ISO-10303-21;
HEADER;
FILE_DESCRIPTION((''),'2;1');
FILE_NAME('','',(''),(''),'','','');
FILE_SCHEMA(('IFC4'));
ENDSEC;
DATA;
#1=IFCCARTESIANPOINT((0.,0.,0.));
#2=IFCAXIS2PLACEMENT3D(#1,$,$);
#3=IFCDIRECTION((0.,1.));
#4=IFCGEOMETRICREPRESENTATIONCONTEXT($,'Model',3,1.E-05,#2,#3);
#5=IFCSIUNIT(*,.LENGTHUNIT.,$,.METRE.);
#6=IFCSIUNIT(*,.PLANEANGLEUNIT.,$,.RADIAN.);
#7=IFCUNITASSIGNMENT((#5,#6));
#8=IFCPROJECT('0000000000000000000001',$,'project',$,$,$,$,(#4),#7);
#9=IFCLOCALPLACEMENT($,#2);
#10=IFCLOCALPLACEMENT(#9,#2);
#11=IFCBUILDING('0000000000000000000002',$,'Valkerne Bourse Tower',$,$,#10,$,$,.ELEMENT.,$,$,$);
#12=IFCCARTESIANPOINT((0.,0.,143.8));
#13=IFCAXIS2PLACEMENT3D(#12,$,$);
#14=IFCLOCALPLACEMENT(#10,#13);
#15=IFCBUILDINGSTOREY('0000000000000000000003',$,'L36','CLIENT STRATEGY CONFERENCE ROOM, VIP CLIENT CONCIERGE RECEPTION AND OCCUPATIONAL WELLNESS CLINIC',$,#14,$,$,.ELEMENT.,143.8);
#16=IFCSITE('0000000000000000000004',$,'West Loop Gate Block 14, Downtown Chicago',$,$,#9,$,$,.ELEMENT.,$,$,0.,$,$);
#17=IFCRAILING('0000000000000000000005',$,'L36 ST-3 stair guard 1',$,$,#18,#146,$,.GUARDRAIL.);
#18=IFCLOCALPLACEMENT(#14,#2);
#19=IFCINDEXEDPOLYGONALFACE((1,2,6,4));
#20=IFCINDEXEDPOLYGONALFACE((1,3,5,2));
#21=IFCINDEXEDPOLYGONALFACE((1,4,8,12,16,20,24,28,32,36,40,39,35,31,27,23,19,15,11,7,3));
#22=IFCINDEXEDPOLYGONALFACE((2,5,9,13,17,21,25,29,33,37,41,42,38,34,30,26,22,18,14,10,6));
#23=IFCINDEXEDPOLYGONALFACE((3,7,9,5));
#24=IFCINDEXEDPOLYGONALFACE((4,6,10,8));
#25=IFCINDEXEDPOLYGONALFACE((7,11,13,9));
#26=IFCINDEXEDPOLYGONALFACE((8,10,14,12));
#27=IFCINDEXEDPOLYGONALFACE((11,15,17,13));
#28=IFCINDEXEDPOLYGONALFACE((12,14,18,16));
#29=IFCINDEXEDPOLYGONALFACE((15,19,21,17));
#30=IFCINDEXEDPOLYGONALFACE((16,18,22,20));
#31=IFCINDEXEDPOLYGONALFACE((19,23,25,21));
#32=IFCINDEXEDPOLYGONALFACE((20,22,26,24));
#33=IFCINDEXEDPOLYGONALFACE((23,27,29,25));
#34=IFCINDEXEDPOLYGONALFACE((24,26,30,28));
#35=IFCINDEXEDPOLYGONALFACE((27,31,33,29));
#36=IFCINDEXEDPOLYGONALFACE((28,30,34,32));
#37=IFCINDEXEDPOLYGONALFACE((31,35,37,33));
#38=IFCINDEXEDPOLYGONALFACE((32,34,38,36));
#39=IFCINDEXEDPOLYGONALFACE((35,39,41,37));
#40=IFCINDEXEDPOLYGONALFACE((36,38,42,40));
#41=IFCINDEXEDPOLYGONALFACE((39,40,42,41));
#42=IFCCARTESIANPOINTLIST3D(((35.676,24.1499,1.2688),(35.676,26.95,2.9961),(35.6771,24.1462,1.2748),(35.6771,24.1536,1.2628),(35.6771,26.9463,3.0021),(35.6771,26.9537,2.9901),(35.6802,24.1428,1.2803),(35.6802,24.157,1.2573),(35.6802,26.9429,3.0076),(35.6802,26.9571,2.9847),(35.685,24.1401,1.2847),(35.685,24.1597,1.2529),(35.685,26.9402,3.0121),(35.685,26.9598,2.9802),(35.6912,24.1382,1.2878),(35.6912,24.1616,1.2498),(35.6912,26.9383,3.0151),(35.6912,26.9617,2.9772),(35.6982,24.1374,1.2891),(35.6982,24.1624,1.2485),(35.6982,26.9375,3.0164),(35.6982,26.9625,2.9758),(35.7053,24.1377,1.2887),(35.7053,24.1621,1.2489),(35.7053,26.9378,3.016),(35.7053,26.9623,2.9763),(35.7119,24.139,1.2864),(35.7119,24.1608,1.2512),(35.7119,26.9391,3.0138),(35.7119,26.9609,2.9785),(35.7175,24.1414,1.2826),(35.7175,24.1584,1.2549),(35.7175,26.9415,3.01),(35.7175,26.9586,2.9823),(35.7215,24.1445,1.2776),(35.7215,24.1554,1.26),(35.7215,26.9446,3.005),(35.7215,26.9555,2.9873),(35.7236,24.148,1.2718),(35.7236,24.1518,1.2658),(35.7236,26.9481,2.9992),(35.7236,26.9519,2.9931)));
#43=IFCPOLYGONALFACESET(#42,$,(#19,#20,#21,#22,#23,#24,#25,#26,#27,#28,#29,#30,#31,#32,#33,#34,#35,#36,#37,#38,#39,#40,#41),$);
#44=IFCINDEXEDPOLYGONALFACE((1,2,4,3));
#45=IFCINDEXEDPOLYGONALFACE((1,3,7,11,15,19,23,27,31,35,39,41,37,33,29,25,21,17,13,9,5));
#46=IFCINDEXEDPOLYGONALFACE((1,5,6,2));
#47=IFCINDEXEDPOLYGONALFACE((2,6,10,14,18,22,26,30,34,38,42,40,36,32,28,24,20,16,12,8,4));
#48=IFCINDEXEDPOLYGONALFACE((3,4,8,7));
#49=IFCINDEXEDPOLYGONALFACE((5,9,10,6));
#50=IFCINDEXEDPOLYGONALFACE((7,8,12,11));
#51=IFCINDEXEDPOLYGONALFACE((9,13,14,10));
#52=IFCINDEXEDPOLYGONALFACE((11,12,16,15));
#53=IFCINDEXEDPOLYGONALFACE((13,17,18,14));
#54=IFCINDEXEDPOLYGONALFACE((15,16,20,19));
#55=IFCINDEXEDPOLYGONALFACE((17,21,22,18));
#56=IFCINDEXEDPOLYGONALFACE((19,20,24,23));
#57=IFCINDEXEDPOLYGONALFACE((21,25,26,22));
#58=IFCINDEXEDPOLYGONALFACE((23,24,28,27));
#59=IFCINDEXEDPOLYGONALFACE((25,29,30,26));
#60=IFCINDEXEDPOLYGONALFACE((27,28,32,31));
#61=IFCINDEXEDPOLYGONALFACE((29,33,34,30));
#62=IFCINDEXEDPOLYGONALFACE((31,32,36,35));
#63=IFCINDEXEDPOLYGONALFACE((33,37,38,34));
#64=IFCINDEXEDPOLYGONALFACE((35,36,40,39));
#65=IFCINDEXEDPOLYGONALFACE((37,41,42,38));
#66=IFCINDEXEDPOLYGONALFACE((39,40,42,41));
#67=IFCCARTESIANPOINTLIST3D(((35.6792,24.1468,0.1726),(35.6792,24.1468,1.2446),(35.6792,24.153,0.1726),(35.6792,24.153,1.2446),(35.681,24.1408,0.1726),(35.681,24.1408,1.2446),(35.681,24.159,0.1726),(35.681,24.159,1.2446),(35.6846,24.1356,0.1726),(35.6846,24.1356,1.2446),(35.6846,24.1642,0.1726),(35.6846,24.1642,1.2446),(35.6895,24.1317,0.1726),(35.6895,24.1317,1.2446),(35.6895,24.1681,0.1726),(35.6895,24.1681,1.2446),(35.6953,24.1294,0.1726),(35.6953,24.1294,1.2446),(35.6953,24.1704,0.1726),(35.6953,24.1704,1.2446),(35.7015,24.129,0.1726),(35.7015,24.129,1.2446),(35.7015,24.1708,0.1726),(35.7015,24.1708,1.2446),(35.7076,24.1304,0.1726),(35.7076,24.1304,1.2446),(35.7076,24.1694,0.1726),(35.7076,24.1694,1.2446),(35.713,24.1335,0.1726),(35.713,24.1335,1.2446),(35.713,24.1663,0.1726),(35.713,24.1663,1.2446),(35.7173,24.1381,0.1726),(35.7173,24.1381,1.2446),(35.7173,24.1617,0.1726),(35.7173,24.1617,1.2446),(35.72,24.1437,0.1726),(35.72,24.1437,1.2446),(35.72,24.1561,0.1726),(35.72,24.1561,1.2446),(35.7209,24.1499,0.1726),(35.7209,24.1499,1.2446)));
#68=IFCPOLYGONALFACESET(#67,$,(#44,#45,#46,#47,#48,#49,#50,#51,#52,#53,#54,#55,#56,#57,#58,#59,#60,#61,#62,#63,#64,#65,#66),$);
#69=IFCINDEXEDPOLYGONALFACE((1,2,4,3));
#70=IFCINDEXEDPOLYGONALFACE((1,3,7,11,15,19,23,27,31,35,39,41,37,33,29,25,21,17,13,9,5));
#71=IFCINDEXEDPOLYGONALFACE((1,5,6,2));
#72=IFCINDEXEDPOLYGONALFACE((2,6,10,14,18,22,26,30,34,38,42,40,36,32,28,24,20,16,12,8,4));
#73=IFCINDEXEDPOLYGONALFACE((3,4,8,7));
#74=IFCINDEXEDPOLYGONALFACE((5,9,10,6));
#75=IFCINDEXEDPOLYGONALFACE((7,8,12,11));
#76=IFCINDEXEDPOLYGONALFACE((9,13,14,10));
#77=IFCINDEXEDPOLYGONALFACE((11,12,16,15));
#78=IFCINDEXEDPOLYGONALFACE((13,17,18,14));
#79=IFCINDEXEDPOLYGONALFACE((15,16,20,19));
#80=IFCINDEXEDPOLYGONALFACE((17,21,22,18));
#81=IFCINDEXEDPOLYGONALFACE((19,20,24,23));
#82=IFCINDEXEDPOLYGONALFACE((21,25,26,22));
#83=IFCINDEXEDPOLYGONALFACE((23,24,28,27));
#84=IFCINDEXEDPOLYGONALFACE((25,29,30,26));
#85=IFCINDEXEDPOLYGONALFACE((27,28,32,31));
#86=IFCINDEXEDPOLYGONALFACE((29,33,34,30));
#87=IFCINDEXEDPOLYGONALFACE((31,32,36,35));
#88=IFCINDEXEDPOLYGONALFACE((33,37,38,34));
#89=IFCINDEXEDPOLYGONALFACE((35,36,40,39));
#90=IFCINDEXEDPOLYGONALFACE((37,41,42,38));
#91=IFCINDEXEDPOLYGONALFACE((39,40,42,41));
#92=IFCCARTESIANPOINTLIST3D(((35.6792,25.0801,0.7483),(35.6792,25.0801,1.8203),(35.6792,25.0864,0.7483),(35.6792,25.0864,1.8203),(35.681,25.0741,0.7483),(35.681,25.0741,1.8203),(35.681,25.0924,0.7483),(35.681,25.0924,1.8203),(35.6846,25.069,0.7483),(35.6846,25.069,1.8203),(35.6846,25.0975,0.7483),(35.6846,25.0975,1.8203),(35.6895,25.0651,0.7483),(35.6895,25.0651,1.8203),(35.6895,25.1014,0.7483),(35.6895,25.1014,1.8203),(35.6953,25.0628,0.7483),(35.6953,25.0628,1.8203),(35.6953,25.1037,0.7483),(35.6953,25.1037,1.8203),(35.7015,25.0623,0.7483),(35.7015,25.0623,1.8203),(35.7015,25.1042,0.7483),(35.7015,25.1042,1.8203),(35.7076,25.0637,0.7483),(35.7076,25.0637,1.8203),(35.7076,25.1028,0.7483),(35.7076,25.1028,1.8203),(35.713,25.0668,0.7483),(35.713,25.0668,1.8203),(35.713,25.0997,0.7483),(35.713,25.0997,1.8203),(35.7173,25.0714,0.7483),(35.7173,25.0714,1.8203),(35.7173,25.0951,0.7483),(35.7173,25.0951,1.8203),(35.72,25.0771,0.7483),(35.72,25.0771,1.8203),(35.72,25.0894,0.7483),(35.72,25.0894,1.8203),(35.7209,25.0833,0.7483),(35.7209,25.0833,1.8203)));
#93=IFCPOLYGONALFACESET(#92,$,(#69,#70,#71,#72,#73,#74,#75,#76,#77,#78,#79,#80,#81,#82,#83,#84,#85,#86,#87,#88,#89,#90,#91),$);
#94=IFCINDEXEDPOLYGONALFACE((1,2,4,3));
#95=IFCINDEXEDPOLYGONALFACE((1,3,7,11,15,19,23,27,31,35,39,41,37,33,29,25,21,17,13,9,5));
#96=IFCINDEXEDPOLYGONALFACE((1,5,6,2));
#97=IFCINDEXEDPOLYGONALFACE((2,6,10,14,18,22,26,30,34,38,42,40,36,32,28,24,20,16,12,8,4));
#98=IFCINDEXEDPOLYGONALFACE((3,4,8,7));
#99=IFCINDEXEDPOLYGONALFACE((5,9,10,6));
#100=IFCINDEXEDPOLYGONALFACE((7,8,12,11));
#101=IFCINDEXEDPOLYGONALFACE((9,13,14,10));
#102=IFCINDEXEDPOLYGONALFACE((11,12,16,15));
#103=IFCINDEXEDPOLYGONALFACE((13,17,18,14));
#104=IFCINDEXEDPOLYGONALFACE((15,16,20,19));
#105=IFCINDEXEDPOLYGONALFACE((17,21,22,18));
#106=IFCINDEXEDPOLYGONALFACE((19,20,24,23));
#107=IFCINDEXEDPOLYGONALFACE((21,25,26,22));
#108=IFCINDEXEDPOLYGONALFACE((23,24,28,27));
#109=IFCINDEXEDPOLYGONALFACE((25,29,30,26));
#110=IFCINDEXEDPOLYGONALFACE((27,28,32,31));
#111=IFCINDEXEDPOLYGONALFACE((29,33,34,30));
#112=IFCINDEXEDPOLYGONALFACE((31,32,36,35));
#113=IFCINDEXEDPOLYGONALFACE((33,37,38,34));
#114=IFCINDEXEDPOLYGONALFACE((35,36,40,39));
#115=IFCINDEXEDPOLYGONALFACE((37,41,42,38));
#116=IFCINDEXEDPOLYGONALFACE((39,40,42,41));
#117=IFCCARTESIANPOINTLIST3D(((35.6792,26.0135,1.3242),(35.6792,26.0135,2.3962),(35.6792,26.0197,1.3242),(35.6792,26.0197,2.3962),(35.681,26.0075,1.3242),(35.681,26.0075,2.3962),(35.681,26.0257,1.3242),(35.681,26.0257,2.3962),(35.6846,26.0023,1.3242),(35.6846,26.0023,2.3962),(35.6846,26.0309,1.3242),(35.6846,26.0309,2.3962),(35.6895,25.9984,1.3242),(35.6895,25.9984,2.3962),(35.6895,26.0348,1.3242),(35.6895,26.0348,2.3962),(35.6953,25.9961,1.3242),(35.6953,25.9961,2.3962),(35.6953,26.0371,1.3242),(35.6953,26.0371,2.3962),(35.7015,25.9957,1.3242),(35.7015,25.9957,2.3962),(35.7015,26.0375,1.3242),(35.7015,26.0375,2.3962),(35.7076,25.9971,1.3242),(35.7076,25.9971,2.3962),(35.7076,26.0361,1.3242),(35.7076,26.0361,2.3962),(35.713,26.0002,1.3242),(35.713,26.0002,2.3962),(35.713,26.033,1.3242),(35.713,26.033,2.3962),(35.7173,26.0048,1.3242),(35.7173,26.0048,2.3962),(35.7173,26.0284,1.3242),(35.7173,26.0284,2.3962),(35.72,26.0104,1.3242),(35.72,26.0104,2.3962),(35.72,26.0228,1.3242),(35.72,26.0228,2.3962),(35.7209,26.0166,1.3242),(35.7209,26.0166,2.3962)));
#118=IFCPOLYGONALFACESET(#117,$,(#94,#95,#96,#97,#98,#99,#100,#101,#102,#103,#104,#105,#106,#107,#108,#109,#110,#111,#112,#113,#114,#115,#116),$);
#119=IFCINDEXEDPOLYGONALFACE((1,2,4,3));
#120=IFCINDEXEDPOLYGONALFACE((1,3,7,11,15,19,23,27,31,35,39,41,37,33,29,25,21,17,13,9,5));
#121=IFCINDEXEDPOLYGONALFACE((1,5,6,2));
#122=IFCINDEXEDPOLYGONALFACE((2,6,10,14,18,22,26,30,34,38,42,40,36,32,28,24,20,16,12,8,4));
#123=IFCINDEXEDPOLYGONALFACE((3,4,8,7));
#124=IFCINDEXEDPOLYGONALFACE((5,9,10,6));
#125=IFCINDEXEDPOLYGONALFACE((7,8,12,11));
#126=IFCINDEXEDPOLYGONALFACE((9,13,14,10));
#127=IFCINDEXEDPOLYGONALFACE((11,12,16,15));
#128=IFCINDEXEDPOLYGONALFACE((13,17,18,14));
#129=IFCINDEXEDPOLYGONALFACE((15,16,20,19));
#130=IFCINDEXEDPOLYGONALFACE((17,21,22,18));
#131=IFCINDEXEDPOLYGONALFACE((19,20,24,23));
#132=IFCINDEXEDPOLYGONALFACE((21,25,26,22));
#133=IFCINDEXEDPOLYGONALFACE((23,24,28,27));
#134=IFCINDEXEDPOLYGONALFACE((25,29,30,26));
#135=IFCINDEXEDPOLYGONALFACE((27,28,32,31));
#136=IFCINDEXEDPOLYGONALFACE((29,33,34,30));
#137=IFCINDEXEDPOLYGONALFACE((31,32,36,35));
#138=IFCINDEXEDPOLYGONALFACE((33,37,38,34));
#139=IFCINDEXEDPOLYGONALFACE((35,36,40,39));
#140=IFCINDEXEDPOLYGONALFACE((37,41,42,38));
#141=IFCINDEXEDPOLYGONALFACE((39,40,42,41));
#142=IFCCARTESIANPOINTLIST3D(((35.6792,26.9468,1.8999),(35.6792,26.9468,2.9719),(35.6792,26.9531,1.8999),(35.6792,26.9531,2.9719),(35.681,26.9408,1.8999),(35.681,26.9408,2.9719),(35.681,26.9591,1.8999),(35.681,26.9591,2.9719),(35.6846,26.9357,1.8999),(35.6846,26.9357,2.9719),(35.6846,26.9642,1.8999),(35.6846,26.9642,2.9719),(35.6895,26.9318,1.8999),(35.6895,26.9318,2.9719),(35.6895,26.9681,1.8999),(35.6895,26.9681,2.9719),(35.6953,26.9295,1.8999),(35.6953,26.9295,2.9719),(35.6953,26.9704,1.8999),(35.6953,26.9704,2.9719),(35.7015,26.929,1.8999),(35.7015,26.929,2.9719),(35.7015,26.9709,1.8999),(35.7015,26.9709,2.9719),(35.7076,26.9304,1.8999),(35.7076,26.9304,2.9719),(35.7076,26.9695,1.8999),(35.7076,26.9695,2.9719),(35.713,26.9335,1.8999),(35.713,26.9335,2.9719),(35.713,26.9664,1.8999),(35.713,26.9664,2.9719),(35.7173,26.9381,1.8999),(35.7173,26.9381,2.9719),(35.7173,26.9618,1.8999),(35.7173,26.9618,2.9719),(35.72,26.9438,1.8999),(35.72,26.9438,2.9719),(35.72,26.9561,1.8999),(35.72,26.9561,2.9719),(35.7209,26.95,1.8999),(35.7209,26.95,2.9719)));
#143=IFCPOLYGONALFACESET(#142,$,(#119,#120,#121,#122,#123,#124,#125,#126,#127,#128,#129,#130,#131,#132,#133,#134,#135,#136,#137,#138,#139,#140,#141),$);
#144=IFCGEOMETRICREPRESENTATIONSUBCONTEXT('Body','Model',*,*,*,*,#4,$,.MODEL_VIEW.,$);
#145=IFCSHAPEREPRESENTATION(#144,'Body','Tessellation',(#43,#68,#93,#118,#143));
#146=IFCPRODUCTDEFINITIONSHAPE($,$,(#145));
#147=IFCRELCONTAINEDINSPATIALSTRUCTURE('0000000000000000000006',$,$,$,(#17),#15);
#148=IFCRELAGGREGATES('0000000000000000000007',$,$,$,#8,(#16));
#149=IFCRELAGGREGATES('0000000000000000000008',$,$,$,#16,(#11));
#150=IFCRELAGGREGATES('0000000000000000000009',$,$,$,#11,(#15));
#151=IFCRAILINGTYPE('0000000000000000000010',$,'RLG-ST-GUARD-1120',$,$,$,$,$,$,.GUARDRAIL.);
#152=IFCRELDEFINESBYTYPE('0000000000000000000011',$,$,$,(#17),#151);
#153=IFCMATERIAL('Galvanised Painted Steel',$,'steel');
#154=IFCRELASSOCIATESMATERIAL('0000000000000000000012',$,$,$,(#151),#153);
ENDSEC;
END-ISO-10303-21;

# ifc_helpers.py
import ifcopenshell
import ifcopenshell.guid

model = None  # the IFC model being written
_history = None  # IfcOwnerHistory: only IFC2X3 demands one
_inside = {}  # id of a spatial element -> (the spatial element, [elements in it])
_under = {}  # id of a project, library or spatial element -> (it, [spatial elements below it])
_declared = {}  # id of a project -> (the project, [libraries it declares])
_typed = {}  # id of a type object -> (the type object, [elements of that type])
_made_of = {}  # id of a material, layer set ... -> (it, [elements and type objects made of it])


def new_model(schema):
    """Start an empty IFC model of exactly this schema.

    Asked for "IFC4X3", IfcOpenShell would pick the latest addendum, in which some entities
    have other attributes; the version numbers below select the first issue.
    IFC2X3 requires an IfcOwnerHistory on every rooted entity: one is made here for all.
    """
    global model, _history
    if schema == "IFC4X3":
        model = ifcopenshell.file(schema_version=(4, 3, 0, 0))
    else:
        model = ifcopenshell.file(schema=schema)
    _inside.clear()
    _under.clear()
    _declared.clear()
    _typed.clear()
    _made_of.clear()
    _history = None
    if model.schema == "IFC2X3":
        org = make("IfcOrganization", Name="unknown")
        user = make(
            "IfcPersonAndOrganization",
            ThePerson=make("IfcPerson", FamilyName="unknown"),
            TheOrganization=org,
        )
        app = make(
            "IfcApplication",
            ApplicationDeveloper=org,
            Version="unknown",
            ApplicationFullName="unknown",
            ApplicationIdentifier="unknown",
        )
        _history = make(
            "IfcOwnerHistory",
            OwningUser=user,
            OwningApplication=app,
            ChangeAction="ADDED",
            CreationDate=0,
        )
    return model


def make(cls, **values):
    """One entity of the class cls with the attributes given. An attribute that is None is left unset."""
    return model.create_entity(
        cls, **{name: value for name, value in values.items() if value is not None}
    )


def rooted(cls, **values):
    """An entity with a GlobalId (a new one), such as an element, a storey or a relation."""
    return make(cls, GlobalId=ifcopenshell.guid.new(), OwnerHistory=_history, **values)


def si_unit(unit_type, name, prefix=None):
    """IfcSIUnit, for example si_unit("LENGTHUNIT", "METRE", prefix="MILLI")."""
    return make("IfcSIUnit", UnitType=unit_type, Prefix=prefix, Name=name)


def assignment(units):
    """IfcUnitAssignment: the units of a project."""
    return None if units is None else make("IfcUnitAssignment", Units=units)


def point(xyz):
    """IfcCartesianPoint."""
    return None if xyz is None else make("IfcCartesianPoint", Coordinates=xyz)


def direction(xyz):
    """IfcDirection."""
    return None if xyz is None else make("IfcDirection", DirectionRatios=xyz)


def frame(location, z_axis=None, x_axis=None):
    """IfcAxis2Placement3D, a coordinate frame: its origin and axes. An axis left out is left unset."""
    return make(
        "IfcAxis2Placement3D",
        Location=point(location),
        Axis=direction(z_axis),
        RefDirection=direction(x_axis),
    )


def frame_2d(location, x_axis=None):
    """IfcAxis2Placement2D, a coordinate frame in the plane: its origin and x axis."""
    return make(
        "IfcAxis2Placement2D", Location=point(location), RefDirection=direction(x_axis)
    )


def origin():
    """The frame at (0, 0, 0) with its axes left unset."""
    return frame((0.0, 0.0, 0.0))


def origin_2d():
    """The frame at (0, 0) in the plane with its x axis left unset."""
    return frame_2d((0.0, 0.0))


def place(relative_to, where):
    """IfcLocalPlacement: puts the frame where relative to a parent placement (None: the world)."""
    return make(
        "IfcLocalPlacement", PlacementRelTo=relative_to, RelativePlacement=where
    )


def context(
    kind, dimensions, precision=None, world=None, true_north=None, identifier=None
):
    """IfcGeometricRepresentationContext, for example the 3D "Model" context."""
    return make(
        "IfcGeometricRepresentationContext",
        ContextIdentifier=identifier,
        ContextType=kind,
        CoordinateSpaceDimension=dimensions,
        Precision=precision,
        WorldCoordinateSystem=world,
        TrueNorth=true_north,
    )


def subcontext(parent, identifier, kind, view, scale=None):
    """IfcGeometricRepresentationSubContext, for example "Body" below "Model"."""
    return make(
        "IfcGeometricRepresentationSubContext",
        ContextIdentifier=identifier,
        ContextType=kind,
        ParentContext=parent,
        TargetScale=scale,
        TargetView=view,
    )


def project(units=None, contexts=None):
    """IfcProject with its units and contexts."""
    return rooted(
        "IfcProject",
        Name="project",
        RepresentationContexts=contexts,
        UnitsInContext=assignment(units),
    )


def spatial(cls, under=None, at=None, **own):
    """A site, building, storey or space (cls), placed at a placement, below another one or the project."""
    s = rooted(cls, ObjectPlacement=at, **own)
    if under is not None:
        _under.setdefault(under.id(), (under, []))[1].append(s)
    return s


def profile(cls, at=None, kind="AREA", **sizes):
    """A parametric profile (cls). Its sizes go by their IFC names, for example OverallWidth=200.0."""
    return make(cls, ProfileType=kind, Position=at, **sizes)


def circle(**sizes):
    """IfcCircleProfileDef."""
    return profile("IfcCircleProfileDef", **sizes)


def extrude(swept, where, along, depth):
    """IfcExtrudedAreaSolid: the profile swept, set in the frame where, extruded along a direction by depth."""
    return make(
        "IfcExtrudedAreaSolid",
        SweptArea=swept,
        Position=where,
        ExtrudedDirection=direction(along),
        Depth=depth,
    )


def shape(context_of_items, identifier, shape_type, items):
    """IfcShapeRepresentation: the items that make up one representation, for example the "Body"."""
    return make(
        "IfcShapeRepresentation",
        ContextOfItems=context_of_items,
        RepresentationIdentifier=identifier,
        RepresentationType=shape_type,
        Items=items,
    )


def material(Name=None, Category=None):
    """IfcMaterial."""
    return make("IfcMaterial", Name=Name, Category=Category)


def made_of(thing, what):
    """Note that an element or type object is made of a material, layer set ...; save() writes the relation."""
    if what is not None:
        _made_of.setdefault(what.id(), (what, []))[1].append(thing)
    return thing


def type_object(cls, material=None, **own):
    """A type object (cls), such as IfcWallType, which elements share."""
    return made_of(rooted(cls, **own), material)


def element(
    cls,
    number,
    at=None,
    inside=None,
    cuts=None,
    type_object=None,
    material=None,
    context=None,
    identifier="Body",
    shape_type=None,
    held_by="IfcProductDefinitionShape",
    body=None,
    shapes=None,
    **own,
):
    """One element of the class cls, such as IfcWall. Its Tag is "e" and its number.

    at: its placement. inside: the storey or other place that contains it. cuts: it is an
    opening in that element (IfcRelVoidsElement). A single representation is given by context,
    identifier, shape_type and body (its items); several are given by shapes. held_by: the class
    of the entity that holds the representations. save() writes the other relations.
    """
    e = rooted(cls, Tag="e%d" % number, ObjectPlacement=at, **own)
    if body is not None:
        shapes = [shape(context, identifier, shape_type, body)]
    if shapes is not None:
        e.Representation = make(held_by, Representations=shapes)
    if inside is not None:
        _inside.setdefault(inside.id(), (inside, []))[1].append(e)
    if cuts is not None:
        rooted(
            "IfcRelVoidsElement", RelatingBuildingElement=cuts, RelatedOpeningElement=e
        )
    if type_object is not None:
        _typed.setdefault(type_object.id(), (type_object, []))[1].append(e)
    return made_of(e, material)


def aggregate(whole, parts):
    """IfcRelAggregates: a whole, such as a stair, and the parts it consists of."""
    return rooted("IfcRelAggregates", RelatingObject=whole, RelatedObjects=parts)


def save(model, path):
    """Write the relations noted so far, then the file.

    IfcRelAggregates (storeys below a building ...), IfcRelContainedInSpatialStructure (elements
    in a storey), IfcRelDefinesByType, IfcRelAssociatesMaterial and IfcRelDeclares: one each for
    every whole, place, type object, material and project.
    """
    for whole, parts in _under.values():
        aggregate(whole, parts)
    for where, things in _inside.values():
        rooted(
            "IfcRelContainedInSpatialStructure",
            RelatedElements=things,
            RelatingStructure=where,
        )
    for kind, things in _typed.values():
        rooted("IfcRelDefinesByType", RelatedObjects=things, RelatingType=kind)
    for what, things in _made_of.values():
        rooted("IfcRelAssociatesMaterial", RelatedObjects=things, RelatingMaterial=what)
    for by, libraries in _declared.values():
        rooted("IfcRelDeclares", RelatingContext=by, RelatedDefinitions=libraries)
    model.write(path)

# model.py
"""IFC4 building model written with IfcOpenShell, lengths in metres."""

from ifc_helpers import new_model, si_unit, direction, frame, origin, origin_2d, place, context, subcontext, project, spatial, circle, extrude, material, type_object, element, save


model = new_model("IFC4")

# Units and contexts
model_context = context("Model", 3, precision=1e-05, world=origin(), true_north=direction((0.0, 1.0)))
body_context = subcontext(model_context, "Body", "Model", "MODEL_VIEW")
ifc_project = project(units=[si_unit("LENGTHUNIT", "METRE"), si_unit("PLANEANGLEUNIT", "RADIAN")], contexts=[model_context])

# Site, building, storey
site_placement = place(None, origin())
site = spatial("IfcSite", under=ifc_project, at=site_placement, Name="West Loop Gate Block 14, Downtown Chicago", CompositionType="ELEMENT", RefElevation=0.0)
building_placement = place(site_placement, origin())
building = spatial("IfcBuilding", under=site, at=building_placement, Name="Valkerne Bourse Tower", CompositionType="ELEMENT")
storey_placement = place(building_placement, frame((0.0, 0.0, 143.8)))
storey = spatial("IfcBuildingStorey", under=building, at=storey_placement, Name="L36", Description="CLIENT STRATEGY CONFERENCE ROOM, VIP CLIENT CONCIERGE RECEPTION AND OCCUPATIONAL WELLNESS CLINIC", CompositionType="ELEMENT", Elevation=143.8)

# Railing
ifc_material_1 = material(Name="Galvanised Painted Steel", Category="steel")
railing_type_1 = type_object("IfcRailingType", Name="RLG-ST-GUARD-1120", PredefinedType="GUARDRAIL", material=ifc_material_1)
railing_1_placement = place(storey_placement, frame((35.7, 24.1499, 0.1726)))
element("IfcRailing", 1, at=railing_1_placement, inside=storey, type_object=railing_type_1, Name="L36 ST-3 stair guard 1", PredefinedType="GUARDRAIL", context=body_context, shape_type="SweptSolid", body=[
    extrude(circle(Radius=0.0239, at=origin_2d()), frame((0.0, 0.0, 1.0962), z_axis=(0.0, 0.85109, 0.52502), x_axis=(-1.0, 0.0, 0.0)), (0.0, 0.0, 1.0), 3.29),
    extrude(circle(Radius=0.021, at=origin_2d()), origin(), (0.0, 0.0, 1.0), 1.072),
    extrude(circle(Radius=0.021, at=origin_2d()), frame((0.0, 0.9333, 0.5757)), (0.0, 0.0, 1.0), 1.072),
    extrude(circle(Radius=0.021, at=origin_2d()), frame((0.0, 1.8667, 1.1516)), (0.0, 0.0, 1.0), 1.072),
    extrude(circle(Radius=0.021, at=origin_2d()), frame((0.0, 2.8, 1.7273)), (0.0, 0.0, 1.0), 1.072),
])

save(model, "model.ifc")
